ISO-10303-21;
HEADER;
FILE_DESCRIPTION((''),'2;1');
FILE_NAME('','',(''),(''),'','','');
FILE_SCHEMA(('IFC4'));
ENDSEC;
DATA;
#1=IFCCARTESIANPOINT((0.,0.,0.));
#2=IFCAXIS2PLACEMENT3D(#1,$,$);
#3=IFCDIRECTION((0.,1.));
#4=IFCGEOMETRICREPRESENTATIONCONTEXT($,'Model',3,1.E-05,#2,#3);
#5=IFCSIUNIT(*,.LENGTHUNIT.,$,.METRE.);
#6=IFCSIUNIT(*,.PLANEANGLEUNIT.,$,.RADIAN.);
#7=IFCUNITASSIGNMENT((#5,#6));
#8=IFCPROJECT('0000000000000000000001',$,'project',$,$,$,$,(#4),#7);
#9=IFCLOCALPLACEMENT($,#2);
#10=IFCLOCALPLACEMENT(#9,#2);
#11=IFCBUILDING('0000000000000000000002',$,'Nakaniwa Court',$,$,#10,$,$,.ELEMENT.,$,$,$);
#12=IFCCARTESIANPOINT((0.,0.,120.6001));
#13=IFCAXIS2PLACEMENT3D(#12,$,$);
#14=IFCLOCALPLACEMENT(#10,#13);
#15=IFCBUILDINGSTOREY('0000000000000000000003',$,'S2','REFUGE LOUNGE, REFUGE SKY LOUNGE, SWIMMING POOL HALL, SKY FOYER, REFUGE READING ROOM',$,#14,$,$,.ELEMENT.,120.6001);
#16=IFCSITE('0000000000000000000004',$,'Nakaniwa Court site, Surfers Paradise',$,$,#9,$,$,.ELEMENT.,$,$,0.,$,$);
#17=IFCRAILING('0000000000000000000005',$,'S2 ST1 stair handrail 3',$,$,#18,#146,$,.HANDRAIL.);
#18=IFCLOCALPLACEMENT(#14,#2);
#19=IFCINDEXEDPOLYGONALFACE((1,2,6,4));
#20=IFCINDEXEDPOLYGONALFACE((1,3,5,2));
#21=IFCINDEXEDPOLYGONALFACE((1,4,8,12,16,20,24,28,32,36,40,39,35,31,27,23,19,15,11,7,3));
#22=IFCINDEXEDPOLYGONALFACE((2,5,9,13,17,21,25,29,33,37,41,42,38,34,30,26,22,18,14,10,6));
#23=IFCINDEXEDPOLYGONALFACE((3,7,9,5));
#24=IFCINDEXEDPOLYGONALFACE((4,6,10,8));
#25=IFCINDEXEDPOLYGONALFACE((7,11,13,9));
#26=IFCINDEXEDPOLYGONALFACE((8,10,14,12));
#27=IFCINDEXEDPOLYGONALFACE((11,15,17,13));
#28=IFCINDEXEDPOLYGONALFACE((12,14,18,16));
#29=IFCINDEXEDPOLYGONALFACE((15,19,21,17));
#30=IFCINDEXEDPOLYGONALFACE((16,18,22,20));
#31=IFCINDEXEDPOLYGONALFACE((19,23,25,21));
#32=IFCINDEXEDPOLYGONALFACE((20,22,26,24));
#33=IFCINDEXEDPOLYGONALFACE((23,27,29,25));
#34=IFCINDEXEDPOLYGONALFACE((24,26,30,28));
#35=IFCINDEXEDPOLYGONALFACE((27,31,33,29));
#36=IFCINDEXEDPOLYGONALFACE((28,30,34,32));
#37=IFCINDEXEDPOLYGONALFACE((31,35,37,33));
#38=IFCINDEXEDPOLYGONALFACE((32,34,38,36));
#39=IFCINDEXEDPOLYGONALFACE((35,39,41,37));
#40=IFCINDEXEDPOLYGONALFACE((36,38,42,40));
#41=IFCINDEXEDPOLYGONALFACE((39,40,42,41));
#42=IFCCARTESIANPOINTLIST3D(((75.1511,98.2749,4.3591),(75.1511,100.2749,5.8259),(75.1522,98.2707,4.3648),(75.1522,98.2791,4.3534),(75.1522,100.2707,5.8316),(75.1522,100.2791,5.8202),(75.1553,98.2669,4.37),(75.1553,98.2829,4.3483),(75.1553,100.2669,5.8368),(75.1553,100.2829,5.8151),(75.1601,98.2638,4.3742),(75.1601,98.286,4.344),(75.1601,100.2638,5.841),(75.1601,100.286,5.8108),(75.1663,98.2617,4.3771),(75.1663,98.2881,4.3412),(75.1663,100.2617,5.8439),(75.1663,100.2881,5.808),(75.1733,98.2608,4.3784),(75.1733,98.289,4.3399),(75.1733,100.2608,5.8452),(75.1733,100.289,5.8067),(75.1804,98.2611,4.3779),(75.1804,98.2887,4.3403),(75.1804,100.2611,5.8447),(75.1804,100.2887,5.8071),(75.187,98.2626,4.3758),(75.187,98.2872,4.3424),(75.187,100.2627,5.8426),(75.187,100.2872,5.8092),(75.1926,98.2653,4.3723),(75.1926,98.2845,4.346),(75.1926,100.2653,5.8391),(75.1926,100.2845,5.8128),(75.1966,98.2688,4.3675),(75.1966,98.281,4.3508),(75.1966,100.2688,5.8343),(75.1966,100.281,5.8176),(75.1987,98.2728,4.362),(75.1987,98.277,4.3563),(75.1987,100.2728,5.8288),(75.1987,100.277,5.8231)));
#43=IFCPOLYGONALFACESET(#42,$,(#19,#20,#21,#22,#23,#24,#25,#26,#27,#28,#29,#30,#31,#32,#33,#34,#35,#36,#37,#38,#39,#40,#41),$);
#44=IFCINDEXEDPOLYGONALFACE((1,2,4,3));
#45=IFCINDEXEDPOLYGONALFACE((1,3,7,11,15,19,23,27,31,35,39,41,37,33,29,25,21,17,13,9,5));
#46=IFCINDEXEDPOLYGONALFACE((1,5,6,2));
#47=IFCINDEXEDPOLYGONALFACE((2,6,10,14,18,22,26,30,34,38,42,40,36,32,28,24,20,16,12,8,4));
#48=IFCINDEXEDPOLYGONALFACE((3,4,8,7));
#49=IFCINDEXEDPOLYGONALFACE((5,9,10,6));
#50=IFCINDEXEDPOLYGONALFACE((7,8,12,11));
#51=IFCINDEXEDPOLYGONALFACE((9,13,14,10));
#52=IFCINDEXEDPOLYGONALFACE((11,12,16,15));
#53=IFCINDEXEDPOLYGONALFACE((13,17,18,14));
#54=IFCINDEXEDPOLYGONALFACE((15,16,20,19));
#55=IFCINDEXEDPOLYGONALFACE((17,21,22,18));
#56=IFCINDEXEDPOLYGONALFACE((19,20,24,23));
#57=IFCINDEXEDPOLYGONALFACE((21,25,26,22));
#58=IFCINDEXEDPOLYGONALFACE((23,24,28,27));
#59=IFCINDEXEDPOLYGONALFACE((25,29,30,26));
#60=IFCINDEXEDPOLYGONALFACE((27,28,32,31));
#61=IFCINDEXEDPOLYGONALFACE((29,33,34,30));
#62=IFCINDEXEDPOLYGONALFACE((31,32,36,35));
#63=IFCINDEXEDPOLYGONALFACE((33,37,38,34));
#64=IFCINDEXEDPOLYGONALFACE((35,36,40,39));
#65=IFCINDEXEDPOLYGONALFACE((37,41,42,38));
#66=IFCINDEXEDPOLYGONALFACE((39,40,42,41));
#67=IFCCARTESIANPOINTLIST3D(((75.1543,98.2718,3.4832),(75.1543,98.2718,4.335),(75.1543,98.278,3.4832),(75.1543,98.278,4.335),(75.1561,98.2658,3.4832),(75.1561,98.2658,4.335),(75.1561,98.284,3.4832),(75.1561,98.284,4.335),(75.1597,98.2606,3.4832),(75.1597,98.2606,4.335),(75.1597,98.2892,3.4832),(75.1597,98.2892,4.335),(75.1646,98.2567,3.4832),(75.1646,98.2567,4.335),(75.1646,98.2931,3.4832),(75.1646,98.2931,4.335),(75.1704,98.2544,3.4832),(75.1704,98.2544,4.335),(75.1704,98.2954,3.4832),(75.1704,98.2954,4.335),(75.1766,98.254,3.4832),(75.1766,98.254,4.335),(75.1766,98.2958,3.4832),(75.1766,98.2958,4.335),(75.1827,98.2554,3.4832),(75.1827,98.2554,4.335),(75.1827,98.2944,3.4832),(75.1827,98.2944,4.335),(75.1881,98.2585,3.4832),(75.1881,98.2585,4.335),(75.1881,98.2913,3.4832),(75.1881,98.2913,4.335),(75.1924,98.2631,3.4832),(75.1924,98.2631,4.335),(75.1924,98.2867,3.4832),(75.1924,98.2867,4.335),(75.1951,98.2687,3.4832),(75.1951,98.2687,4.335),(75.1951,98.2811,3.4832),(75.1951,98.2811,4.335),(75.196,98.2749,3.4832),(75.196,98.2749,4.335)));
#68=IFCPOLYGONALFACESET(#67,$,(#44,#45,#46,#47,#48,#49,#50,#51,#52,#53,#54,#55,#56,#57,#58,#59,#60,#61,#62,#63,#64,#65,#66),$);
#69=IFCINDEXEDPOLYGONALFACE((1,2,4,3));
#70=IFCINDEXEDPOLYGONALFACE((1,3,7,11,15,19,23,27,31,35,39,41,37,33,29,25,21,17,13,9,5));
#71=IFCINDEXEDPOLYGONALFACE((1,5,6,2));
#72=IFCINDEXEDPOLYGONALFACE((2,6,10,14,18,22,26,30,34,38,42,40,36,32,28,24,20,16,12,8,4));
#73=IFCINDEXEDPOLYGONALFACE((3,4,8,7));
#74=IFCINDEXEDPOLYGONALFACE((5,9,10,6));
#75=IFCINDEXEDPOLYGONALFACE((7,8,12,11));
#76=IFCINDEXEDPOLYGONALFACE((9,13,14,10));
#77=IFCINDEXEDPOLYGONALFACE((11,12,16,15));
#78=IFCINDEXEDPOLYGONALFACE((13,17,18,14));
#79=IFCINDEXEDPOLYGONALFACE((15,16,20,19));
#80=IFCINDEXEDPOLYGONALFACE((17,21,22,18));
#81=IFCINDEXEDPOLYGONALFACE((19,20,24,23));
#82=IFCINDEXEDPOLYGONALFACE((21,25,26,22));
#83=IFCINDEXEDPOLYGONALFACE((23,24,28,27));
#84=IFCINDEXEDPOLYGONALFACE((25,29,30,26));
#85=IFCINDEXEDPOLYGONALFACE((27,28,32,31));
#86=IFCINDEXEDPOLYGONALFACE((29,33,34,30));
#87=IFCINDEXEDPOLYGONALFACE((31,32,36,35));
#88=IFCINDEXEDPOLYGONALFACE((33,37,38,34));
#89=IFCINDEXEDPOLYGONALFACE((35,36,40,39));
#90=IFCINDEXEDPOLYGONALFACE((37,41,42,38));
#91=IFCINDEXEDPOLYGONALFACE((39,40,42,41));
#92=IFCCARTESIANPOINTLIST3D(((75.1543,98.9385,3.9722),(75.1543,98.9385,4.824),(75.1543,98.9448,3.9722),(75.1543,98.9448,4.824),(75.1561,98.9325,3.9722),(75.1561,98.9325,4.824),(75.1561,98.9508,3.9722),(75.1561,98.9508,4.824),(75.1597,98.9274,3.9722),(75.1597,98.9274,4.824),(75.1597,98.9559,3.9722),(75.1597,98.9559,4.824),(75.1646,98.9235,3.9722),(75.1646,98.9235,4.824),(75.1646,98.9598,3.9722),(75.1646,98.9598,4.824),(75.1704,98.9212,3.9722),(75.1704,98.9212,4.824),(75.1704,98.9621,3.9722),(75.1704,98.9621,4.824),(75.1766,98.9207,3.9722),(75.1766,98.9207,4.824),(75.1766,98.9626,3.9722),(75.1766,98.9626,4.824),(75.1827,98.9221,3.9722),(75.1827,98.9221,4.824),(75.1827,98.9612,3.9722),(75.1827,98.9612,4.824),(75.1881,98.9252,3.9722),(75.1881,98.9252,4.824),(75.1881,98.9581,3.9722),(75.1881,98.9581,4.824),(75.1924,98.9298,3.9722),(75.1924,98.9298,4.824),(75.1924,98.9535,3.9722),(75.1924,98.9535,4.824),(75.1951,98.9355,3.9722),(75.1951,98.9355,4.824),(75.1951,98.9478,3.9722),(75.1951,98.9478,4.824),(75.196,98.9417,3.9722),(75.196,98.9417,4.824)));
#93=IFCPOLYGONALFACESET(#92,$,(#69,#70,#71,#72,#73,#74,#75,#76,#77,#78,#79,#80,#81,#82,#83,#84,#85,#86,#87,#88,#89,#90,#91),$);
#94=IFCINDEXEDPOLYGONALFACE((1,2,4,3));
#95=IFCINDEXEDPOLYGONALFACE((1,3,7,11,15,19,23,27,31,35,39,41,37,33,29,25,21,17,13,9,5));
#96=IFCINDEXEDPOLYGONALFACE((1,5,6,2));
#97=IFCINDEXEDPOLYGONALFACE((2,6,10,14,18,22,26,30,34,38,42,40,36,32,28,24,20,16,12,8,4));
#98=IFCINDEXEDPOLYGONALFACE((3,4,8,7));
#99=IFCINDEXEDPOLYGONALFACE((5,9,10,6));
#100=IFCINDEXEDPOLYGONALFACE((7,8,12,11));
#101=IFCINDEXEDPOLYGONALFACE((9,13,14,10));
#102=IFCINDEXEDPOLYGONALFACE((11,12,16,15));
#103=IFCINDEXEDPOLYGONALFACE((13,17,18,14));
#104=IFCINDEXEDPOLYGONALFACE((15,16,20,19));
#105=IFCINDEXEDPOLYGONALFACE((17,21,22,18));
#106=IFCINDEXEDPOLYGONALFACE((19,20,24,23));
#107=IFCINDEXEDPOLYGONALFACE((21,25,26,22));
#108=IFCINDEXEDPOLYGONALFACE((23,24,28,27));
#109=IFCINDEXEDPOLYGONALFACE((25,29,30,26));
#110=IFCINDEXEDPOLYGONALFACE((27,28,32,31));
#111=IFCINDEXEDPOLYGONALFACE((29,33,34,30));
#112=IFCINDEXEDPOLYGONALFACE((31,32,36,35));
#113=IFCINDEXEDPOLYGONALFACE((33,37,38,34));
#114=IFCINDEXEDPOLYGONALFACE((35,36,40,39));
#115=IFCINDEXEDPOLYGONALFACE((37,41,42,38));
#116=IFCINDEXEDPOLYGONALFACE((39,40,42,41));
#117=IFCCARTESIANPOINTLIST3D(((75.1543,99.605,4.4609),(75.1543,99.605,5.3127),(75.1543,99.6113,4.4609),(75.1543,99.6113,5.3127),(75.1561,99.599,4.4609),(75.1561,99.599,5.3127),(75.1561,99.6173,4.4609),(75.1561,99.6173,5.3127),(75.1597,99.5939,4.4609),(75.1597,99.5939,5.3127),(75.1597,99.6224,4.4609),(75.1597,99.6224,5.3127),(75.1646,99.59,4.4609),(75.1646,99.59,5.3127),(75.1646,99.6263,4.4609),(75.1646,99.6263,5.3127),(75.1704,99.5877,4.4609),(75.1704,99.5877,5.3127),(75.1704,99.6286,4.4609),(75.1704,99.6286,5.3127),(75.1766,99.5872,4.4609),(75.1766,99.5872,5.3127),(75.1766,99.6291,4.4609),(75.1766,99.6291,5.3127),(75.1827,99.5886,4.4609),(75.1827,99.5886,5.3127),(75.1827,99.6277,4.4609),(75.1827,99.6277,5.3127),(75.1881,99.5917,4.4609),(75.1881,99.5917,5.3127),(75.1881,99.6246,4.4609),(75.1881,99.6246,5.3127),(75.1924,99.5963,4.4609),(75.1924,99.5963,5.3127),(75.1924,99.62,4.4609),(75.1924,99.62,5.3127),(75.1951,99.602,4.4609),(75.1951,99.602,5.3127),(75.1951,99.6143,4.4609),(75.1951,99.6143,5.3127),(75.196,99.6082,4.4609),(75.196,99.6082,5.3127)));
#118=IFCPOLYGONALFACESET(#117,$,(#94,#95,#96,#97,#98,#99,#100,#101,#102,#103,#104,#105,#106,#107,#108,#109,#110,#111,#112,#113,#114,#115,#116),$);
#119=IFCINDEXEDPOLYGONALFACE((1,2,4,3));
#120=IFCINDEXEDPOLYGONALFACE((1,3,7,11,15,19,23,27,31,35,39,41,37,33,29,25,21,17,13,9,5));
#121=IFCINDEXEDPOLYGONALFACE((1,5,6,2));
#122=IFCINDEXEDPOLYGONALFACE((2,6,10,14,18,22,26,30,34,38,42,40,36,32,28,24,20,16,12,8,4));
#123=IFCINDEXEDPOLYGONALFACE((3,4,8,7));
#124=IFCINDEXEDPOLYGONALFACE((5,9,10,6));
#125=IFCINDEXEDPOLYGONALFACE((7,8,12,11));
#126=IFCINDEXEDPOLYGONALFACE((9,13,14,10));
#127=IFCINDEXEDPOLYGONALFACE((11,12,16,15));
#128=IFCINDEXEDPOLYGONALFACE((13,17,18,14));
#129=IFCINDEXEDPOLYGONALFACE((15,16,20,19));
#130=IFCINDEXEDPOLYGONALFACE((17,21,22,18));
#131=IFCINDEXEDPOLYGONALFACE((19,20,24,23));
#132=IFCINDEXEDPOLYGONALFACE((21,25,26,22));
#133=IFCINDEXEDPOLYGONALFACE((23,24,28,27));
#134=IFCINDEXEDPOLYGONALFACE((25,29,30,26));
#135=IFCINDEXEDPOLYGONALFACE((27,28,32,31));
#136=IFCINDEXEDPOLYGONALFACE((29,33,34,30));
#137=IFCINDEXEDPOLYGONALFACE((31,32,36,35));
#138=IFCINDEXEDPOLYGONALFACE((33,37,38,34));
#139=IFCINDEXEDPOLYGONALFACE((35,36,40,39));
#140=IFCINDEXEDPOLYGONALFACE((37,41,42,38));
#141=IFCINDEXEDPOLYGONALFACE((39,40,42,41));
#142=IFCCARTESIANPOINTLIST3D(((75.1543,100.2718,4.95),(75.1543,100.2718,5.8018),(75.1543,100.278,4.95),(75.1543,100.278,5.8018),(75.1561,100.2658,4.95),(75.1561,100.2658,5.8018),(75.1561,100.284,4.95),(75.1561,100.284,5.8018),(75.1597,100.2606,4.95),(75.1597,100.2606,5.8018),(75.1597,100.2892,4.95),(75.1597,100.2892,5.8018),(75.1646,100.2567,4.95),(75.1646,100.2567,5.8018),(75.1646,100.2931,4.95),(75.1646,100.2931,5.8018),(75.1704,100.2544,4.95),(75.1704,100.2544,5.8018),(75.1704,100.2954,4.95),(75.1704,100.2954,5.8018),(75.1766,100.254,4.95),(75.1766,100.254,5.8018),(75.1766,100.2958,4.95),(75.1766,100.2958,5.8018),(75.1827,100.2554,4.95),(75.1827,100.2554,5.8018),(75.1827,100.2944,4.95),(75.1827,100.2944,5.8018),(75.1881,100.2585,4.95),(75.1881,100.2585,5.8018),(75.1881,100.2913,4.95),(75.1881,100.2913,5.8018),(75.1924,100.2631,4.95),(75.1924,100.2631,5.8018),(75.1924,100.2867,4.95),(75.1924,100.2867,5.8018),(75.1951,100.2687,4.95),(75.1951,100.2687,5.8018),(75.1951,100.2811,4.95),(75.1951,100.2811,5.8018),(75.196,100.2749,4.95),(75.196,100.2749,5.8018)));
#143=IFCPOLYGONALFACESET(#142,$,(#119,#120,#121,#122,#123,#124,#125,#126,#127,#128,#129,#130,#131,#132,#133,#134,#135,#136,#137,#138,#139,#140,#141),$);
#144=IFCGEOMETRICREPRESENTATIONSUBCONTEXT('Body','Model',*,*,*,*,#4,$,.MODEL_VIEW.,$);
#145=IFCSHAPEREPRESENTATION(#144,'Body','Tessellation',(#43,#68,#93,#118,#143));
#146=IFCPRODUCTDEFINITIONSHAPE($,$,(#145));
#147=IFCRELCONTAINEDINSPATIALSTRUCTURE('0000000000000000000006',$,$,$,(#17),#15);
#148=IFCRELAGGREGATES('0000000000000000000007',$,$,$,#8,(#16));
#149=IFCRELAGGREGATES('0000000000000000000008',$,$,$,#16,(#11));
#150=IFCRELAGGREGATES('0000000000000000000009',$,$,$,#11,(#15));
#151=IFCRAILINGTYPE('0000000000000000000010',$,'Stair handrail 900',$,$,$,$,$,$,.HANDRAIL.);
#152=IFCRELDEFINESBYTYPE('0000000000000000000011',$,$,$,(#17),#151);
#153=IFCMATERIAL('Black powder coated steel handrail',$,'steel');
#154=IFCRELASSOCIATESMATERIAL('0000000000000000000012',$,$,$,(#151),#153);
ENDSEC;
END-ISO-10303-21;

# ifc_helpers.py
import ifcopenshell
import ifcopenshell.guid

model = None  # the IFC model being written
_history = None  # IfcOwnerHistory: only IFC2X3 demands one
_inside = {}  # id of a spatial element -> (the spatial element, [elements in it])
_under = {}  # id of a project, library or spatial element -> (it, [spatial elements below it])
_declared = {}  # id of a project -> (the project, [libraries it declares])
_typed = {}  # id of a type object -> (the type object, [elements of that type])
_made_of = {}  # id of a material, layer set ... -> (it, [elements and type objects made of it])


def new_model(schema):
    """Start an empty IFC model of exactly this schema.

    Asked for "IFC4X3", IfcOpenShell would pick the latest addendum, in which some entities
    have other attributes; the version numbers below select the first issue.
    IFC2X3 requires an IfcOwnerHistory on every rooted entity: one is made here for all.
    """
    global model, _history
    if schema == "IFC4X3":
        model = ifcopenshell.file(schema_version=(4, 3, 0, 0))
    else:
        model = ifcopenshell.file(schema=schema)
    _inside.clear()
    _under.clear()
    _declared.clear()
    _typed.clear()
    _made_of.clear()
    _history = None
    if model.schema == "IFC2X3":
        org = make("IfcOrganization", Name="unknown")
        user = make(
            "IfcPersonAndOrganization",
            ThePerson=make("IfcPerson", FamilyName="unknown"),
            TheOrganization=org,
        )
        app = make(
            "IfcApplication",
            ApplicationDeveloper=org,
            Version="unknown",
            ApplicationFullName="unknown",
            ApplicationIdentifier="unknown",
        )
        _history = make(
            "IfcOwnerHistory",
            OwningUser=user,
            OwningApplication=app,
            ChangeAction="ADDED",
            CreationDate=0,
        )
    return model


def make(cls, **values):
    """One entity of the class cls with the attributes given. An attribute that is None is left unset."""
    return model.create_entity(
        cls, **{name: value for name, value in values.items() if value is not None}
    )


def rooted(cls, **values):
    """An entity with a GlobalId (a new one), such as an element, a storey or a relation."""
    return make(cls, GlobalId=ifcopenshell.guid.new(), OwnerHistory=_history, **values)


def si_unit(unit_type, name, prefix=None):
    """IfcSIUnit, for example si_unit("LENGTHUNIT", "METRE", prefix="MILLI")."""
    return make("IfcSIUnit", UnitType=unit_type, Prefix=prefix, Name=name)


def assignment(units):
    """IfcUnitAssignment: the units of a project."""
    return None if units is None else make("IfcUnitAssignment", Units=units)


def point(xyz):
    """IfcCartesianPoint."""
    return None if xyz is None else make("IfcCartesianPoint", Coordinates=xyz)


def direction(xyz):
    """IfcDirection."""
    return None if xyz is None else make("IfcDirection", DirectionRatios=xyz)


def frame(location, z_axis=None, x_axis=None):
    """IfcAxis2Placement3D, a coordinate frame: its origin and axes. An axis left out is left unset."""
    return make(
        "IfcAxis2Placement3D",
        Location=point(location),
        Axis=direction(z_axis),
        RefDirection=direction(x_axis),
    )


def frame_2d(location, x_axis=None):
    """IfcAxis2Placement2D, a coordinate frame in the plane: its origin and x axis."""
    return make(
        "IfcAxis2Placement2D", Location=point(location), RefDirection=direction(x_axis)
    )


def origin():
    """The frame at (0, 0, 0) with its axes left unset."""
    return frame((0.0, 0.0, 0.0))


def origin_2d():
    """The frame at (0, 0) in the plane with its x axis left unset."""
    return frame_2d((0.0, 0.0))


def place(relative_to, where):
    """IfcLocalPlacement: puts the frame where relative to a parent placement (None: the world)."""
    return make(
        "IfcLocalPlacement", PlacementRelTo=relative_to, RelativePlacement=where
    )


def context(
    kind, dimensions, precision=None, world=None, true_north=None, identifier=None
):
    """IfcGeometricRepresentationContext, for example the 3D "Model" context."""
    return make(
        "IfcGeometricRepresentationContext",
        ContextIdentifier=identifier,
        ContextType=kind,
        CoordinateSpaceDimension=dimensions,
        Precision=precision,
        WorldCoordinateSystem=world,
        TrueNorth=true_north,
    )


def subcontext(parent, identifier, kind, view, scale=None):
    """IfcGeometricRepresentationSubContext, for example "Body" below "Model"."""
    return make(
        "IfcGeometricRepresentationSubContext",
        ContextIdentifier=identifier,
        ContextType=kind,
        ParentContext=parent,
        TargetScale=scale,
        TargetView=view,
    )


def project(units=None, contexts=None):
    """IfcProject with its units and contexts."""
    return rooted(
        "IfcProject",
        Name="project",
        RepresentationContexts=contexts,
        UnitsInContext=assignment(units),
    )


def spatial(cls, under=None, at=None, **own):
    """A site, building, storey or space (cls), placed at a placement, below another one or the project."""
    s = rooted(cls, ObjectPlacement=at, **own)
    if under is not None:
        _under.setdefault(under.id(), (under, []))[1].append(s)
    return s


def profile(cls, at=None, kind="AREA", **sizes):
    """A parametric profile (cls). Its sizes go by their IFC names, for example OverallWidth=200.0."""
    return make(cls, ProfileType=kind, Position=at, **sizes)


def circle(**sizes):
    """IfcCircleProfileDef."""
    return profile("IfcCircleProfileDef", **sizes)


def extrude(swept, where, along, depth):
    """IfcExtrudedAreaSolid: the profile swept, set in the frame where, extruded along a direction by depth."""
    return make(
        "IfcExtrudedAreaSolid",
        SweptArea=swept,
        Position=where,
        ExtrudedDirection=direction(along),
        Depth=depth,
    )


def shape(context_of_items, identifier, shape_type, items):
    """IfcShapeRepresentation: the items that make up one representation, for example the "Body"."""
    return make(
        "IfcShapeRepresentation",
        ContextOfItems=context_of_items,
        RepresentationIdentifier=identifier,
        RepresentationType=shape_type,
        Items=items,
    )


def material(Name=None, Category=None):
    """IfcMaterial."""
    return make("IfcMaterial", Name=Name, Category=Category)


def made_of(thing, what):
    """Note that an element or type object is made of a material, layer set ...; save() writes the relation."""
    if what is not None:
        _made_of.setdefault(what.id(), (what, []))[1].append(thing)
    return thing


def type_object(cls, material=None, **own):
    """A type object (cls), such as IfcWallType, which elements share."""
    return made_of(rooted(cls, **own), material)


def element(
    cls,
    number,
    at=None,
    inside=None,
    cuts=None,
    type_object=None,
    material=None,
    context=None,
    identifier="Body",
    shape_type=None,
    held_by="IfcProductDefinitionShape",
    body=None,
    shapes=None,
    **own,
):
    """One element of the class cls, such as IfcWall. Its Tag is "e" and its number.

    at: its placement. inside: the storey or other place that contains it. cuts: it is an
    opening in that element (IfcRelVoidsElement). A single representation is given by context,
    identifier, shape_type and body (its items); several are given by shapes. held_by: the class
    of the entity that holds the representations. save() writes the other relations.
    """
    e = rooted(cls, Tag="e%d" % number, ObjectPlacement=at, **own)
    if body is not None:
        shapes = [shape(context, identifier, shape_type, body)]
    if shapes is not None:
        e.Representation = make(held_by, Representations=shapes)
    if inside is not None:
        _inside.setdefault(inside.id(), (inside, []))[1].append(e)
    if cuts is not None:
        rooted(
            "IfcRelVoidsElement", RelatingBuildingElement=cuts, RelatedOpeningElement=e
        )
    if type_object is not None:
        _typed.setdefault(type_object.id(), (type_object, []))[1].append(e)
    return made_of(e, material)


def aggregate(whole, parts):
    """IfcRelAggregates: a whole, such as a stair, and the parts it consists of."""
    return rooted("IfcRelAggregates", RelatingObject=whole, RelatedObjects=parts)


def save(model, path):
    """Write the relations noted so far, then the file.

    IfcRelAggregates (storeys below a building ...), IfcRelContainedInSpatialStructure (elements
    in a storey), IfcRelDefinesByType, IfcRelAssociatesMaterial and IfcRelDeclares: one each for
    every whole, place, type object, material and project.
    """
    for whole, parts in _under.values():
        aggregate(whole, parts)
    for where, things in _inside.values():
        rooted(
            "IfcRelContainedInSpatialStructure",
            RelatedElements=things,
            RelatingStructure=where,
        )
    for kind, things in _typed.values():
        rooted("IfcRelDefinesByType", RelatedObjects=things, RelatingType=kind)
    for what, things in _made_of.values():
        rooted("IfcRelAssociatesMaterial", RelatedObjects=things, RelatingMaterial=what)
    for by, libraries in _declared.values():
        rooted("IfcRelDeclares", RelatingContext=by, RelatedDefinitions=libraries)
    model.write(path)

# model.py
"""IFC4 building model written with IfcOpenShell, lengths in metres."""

from ifc_helpers import new_model, si_unit, direction, frame, origin, origin_2d, place, context, subcontext, project, spatial, circle, extrude, material, type_object, element, save


model = new_model("IFC4")

# Units and contexts
model_context = context("Model", 3, precision=1e-05, world=origin(), true_north=direction((0.0, 1.0)))
body_context = subcontext(model_context, "Body", "Model", "MODEL_VIEW")
ifc_project = project(units=[si_unit("LENGTHUNIT", "METRE"), si_unit("PLANEANGLEUNIT", "RADIAN")], contexts=[model_context])

# Site, building, storey
site_placement = place(None, origin())
site = spatial("IfcSite", under=ifc_project, at=site_placement, Name="Nakaniwa Court site, Surfers Paradise", CompositionType="ELEMENT", RefElevation=0.0)
building_placement = place(site_placement, origin())
building = spatial("IfcBuilding", under=site, at=building_placement, Name="Nakaniwa Court", CompositionType="ELEMENT")
storey_placement = place(building_placement, frame((0.0, 0.0, 120.6001)))
storey = spatial("IfcBuildingStorey", under=building, at=storey_placement, Name="S2", Description="REFUGE LOUNGE, REFUGE SKY LOUNGE, SWIMMING POOL HALL, SKY FOYER, REFUGE READING ROOM", CompositionType="ELEMENT", Elevation=120.6001)

# Railing
ifc_material_1 = material(Name="Black powder coated steel handrail", Category="steel")
railing_type_1 = type_object("IfcRailingType", Name="Stair handrail 900", PredefinedType="HANDRAIL", material=ifc_material_1)
railing_1_placement = place(storey_placement, frame((75.175, 98.2749, 3.4832)))
element("IfcRailing", 1, at=railing_1_placement, inside=storey, type_object=railing_type_1, Name="S2 ST1 stair handrail 3", PredefinedType="HANDRAIL", context=body_context, shape_type="SweptSolid", body=[
    extrude(circle(Radius=0.0239, at=origin_2d()), frame((0.0, 0.0, 0.876), z_axis=(0.0, 0.80638, 0.591398), x_axis=(-1.0, 0.0, 0.0)), (0.0, 0.0, 1.0), 2.4802),
    extrude(circle(Radius=0.021, at=origin_2d()), origin(), (0.0, 0.0, 1.0), 0.8518),
    extrude(circle(Radius=0.021, at=origin_2d()), frame((0.0, 0.6667, 0.489)), (0.0, 0.0, 1.0), 0.8518),
    extrude(circle(Radius=0.021, at=origin_2d()), frame((0.0, 1.3333, 0.9778)), (0.0, 0.0, 1.0), 0.8518),
    extrude(circle(Radius=0.021, at=origin_2d()), frame((0.0, 2.0, 1.4668)), (0.0, 0.0, 1.0), 0.8518),
])

save(model, "model.ifc")
